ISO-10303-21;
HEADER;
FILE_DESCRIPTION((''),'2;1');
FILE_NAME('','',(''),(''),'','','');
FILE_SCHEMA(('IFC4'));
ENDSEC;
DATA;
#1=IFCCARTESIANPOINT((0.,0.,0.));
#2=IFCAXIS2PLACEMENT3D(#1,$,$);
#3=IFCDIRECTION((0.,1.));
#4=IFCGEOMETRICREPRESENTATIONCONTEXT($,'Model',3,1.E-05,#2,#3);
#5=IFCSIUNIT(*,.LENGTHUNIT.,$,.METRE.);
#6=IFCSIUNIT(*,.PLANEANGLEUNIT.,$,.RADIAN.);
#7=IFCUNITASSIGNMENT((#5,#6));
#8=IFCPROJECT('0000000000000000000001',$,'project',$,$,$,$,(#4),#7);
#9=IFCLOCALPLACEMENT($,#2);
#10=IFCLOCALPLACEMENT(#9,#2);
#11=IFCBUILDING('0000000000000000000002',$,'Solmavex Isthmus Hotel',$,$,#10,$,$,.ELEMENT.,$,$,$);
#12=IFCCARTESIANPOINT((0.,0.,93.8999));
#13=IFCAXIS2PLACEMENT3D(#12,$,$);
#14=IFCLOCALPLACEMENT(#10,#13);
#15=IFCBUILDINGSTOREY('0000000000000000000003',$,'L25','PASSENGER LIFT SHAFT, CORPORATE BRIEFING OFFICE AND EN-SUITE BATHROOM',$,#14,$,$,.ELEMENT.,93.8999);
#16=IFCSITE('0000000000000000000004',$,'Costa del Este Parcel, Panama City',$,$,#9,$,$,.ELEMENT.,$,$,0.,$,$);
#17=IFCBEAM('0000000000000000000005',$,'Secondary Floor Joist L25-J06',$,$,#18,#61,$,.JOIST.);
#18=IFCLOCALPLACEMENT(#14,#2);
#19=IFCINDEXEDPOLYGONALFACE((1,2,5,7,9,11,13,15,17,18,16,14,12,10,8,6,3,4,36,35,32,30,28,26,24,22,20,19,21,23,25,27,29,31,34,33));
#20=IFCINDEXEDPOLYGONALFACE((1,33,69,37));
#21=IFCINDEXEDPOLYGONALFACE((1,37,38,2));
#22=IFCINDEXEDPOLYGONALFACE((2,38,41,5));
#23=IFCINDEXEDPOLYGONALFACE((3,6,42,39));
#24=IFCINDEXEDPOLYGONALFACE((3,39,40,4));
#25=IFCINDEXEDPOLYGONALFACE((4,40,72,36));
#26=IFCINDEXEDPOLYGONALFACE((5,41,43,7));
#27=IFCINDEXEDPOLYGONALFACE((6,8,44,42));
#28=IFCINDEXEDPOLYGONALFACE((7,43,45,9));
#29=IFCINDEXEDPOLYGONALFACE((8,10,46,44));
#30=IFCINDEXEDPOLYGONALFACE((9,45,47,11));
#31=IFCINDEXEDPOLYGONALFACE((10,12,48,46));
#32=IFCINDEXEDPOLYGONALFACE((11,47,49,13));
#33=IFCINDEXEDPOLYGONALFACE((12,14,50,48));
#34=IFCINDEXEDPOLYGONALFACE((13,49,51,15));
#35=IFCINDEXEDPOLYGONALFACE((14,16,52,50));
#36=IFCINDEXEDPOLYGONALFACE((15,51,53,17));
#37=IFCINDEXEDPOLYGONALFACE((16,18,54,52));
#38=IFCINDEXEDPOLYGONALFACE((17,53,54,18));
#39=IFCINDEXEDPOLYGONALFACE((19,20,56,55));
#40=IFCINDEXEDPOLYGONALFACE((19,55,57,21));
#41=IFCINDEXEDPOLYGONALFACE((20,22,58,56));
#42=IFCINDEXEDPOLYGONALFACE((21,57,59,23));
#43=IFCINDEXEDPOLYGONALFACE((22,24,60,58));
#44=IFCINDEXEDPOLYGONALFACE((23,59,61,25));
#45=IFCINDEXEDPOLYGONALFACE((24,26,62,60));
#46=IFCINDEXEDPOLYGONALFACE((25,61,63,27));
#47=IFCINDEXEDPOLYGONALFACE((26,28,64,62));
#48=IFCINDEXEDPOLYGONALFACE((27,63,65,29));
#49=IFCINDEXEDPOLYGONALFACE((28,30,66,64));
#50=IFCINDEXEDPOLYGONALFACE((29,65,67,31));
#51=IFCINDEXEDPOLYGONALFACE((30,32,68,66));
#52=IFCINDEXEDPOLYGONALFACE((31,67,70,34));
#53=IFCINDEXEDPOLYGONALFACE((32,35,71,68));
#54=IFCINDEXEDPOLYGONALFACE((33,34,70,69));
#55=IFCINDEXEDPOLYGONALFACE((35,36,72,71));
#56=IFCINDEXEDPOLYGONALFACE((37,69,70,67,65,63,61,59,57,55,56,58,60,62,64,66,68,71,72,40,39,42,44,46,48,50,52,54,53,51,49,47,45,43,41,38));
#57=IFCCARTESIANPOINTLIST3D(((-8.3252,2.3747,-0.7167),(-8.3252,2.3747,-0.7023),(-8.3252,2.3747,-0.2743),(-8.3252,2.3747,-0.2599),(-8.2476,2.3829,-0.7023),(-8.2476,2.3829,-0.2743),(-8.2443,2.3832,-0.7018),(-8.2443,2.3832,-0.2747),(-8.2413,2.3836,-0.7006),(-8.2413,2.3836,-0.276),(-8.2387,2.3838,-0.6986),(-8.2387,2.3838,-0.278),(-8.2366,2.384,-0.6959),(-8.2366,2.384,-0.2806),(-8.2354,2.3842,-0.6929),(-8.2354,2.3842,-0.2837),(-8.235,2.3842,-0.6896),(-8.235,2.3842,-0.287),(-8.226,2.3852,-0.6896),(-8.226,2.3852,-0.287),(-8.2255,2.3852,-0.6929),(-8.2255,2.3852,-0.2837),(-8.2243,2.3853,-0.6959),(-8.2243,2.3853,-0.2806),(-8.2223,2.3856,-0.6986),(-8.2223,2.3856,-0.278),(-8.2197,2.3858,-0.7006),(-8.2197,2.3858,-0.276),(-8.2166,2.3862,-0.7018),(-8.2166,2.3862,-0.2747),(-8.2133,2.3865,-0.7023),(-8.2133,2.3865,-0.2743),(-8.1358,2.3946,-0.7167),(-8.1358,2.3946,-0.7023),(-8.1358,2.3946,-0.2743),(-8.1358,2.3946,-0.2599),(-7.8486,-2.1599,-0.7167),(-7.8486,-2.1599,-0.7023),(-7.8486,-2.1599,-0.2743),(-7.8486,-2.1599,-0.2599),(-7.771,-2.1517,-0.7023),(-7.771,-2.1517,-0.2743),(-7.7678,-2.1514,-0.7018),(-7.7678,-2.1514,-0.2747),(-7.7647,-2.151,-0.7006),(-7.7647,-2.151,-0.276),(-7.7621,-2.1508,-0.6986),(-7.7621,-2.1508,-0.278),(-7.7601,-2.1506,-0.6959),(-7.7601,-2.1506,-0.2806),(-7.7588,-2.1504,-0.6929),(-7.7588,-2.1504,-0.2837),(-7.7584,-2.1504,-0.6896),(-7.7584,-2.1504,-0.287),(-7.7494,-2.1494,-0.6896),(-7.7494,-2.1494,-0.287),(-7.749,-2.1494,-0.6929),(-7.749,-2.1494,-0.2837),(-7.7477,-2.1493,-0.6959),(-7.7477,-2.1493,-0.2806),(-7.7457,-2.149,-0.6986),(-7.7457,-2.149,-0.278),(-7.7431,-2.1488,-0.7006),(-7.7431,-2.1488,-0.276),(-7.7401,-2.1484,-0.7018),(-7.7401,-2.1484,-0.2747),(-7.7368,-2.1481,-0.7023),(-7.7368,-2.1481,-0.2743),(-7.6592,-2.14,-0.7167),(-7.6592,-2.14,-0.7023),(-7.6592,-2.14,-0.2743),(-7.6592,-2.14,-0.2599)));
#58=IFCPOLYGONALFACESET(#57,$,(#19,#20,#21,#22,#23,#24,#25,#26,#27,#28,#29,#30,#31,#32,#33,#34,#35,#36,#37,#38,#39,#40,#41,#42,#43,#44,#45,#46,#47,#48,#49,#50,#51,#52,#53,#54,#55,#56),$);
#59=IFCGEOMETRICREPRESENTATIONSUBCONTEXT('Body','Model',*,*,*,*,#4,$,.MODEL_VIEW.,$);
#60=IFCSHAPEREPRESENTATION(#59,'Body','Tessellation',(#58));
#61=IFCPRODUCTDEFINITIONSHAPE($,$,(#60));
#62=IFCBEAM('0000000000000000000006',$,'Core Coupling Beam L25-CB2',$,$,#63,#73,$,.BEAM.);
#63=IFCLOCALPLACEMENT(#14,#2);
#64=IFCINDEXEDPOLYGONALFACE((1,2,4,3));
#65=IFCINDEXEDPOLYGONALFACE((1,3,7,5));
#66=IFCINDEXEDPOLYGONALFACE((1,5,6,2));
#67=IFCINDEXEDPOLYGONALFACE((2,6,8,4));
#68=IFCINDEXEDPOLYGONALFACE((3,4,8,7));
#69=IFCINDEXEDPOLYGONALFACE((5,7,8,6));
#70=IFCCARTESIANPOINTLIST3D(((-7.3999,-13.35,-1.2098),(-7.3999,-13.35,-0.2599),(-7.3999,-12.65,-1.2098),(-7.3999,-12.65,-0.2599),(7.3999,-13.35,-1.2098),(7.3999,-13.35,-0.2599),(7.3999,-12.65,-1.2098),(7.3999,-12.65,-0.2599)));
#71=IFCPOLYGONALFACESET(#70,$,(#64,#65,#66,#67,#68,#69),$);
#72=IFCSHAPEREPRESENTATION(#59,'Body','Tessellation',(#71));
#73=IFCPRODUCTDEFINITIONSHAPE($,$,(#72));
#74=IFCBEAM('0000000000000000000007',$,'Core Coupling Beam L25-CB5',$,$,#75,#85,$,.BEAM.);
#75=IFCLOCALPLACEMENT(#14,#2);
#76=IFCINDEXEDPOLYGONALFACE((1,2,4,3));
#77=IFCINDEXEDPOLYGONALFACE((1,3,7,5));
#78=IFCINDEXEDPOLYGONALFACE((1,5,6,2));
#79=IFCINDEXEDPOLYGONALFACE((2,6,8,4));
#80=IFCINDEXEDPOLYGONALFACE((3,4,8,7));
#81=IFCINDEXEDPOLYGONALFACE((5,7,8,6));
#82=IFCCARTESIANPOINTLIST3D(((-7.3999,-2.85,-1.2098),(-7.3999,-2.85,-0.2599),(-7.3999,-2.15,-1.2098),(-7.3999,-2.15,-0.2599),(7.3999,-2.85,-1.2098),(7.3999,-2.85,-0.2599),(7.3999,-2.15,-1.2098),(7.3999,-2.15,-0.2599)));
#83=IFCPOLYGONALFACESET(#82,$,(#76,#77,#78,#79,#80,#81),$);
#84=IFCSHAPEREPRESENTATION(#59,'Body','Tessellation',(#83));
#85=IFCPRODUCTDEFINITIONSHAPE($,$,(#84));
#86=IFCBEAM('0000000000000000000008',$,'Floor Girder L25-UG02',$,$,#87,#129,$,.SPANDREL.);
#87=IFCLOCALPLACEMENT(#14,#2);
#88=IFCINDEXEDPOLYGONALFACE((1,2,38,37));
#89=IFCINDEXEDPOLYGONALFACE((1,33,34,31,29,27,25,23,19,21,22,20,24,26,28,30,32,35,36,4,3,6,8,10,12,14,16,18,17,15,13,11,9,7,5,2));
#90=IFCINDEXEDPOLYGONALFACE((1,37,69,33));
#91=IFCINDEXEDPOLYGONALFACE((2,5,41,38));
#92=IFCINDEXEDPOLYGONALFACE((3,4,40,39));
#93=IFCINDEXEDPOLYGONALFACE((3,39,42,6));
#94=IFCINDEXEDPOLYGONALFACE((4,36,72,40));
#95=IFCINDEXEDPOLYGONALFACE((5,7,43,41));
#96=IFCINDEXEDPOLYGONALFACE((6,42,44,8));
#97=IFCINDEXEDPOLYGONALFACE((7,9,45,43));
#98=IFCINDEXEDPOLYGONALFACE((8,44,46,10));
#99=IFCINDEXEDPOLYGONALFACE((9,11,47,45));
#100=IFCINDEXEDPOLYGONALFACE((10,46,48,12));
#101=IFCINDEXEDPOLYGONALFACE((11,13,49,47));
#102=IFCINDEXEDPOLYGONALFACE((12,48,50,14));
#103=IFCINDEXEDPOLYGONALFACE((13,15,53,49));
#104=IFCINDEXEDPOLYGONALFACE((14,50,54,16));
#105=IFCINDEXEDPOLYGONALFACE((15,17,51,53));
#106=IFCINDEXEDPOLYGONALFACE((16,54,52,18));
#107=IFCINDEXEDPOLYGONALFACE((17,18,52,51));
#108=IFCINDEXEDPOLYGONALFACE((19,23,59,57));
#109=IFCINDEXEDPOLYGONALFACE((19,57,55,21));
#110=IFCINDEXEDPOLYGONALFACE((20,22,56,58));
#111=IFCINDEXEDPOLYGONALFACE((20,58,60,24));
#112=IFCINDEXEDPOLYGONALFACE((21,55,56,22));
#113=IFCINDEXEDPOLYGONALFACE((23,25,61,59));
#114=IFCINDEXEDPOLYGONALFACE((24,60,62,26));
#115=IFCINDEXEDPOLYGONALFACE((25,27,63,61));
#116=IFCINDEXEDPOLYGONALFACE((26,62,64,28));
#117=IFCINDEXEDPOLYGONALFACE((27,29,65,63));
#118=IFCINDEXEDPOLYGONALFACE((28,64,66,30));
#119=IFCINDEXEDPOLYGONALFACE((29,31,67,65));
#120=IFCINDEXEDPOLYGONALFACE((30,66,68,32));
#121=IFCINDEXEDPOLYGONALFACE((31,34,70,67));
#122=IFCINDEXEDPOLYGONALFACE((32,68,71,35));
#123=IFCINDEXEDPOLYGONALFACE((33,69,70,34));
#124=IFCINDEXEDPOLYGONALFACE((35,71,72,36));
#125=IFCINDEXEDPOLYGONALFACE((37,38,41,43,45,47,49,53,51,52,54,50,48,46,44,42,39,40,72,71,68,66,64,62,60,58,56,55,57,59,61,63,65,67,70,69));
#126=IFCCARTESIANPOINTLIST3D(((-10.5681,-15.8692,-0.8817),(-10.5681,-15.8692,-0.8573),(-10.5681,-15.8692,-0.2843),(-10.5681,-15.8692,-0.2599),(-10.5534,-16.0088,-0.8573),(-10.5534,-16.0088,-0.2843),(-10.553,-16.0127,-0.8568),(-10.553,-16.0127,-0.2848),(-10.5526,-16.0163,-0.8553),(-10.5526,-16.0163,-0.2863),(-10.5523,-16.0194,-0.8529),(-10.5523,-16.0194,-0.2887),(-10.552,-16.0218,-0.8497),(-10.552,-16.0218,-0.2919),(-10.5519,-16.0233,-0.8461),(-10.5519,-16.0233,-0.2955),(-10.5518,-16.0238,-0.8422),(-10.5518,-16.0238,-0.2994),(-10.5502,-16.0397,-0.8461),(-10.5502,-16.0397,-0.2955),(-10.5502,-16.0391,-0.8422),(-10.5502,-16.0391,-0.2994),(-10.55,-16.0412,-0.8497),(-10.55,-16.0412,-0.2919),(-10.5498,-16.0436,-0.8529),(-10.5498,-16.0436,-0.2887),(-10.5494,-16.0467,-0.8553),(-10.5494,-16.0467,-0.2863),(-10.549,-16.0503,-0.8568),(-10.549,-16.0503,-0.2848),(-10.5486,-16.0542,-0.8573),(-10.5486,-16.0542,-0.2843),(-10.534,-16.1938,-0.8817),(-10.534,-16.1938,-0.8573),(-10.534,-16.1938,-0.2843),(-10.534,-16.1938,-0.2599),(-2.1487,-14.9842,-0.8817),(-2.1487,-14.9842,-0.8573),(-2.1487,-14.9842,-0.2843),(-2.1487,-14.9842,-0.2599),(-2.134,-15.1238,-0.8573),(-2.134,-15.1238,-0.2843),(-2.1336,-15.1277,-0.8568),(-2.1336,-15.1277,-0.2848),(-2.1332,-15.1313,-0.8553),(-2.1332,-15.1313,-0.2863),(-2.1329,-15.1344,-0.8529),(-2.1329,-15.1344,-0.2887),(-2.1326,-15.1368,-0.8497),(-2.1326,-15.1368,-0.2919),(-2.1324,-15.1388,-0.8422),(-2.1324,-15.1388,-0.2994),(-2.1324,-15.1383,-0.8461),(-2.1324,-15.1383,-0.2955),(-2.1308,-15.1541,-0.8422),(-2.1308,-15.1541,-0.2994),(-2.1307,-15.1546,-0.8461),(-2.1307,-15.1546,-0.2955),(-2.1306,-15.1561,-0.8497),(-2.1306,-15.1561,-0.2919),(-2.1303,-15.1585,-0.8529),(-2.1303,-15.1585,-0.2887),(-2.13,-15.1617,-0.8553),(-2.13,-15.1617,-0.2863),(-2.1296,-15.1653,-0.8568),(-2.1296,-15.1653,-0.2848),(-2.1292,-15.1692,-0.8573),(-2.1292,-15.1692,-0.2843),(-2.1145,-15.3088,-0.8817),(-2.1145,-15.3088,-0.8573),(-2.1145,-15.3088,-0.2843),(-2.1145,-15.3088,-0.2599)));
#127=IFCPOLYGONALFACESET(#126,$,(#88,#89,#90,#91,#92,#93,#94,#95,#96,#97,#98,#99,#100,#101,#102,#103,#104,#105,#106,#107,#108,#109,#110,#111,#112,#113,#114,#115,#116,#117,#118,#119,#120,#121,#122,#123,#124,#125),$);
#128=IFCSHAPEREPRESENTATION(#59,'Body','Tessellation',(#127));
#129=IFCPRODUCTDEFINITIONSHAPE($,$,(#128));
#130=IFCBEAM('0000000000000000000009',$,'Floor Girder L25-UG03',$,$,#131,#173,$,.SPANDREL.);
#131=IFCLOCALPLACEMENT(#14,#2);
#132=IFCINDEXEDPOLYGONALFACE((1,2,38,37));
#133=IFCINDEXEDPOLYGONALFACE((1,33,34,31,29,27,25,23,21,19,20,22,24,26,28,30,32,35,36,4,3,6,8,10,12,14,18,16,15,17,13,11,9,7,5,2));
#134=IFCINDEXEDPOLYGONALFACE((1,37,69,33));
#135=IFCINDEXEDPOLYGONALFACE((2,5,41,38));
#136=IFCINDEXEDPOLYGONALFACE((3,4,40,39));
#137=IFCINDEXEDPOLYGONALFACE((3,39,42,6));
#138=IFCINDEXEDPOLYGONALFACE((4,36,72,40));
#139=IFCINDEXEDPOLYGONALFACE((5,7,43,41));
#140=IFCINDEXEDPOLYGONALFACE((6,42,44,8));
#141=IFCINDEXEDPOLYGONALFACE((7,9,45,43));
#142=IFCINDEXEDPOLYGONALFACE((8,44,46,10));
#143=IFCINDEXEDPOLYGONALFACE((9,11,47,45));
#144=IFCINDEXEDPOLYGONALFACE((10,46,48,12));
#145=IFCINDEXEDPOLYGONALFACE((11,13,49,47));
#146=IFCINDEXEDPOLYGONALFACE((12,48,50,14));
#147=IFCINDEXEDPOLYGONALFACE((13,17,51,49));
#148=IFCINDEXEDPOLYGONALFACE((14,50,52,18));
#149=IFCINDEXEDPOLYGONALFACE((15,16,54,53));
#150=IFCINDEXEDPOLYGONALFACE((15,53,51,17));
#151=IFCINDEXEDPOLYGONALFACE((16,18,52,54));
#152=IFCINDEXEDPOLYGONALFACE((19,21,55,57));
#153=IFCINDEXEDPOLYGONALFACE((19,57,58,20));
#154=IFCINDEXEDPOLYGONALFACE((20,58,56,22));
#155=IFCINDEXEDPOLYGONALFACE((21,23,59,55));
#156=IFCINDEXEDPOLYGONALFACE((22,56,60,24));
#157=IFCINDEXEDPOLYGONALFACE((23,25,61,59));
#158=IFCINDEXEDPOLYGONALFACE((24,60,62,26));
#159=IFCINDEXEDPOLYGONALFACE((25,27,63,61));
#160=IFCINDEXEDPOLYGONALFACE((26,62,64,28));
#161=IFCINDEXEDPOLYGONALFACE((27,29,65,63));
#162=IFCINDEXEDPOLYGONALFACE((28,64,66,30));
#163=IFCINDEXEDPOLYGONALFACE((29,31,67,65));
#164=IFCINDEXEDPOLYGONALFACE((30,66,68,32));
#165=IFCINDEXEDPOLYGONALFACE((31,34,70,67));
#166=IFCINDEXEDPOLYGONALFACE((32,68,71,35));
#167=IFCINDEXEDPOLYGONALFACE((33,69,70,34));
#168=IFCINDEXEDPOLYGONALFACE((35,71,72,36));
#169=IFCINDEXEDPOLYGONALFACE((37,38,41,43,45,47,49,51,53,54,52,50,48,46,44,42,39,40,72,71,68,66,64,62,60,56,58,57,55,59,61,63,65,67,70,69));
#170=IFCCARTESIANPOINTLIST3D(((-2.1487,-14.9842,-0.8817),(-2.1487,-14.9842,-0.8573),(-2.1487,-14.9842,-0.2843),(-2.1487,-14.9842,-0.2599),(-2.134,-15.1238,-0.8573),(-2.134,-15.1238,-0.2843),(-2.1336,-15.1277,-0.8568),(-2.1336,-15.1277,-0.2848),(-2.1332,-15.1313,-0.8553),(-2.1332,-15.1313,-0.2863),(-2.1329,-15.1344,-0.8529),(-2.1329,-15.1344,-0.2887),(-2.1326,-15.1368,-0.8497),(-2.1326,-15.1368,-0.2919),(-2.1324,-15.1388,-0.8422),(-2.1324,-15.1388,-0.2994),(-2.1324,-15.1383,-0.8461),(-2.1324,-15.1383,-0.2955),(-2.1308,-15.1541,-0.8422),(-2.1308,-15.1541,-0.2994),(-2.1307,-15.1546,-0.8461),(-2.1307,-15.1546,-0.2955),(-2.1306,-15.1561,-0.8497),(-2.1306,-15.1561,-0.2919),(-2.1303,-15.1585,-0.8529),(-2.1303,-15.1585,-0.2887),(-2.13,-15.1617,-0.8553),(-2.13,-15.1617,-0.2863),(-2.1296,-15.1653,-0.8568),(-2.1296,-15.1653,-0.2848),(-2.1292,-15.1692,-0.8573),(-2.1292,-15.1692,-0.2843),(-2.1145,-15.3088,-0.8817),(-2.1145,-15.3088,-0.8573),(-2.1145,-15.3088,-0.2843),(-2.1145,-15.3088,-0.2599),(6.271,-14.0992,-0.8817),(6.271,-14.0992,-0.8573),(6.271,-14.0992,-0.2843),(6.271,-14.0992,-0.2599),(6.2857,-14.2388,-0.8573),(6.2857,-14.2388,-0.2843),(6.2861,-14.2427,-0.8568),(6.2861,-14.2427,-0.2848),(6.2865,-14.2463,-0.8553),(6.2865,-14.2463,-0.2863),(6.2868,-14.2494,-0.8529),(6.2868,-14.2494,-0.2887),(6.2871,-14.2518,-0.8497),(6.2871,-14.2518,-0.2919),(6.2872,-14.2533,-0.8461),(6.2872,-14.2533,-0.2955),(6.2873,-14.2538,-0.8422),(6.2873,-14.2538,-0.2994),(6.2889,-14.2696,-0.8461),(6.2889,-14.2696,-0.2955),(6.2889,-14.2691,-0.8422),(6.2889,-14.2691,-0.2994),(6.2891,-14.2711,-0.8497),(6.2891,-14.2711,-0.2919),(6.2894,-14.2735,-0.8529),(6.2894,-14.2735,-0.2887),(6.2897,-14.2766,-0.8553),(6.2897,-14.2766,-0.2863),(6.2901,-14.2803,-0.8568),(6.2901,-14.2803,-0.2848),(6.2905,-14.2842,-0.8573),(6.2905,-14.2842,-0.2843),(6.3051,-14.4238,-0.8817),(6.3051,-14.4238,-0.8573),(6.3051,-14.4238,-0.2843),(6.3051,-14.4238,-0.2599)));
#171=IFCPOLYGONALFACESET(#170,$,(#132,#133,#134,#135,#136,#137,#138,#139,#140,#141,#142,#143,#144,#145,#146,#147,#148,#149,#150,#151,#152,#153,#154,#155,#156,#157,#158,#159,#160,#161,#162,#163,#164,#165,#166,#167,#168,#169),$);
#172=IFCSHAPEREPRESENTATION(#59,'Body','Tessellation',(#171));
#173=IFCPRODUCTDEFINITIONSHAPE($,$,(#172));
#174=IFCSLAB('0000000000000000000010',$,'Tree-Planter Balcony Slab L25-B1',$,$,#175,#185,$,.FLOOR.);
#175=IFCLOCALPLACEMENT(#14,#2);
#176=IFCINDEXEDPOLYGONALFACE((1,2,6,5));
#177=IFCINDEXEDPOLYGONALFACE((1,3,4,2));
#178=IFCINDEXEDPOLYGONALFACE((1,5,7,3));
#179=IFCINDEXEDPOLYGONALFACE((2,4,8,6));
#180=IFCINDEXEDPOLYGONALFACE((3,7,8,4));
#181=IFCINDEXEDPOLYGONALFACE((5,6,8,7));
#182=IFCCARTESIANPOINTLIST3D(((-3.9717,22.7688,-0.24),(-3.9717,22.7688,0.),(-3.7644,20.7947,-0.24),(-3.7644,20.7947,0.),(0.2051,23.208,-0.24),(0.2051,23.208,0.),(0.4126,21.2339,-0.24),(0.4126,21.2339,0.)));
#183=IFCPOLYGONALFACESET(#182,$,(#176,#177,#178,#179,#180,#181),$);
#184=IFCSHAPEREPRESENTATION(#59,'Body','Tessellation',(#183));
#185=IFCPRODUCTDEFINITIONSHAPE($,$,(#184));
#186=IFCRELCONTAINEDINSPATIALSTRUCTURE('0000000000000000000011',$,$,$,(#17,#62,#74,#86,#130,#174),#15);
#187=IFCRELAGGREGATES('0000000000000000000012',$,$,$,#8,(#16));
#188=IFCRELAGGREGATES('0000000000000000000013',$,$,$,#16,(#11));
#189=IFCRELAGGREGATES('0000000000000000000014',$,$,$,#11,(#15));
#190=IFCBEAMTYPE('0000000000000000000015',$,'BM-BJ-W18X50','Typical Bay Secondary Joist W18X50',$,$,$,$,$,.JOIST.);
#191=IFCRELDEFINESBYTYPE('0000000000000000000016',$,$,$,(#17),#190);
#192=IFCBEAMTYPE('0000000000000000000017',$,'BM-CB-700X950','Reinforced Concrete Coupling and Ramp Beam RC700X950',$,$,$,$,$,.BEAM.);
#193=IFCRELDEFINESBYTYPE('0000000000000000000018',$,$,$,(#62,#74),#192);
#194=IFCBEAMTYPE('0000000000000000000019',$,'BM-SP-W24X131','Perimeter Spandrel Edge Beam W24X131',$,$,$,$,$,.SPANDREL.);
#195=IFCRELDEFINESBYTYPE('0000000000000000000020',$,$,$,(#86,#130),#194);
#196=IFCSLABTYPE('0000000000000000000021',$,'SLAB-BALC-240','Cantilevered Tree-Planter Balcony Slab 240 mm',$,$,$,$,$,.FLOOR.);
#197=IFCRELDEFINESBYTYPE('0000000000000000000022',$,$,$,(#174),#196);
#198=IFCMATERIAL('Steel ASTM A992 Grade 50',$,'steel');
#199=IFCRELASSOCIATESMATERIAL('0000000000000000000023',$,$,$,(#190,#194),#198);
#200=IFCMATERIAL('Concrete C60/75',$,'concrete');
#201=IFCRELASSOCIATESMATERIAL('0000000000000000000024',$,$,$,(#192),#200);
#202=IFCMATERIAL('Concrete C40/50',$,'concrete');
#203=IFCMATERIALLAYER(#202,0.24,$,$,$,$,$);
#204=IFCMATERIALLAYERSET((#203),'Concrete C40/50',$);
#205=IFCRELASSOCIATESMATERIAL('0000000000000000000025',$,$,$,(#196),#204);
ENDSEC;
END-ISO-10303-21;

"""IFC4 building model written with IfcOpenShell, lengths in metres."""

from ifc_helpers import new_model, si_unit, direction, frame, origin, origin_2d, place, context, subcontext, project, spatial, polyline, rectangle, i_section, outline, extrude, material, layer, layer_set, material_profile, profile_set, type_object, element, save


model = new_model("IFC4")

# Units and contexts
model_context = context("Model", 3, precision=1e-05, world=origin(), true_north=direction((0.0, 1.0)))
body_context = subcontext(model_context, "Body", "Model", "MODEL_VIEW")
ifc_project = project(units=[si_unit("LENGTHUNIT", "METRE"), si_unit("PLANEANGLEUNIT", "RADIAN")], contexts=[model_context])

# Site, building, storey
site_placement = place(None, origin())
site = spatial("IfcSite", under=ifc_project, at=site_placement, Name="Costa del Este Parcel, Panama City", CompositionType="ELEMENT", RefElevation=0.0)
building_placement = place(site_placement, origin())
building = spatial("IfcBuilding", under=site, at=building_placement, Name="Solmavex Isthmus Hotel", CompositionType="ELEMENT")
storey_placement = place(building_placement, frame((0.0, 0.0, 93.8999)))
storey = spatial("IfcBuildingStorey", under=building, at=storey_placement, Name="L25", Description="PASSENGER LIFT SHAFT, CORPORATE BRIEFING OFFICE AND EN-SUITE BATHROOM", CompositionType="ELEMENT", Elevation=93.8999)

# Shared definitions
ifc_material_1 = material(Name="Concrete C60/75", Category="concrete")

# Beams
ifc_material_2 = material(Name="Steel ASTM A992 Grade 50", Category="steel")
ifc_material_profile_1 = material_profile(ifc_material_2, i_section(OverallWidth=0.1904, OverallDepth=0.4568, WebThickness=0.009, FlangeThickness=0.0144, FilletRadius=0.0127, at=origin_2d()), Name="W18X50")
ifc_profile_set_1 = profile_set([ifc_material_profile_1], Name="Steel ASTM A992 Grade 50")
beam_type_1 = type_object("IfcBeamType", Name="BM-BJ-W18X50", Description="Typical Bay Secondary Joist W18X50", PredefinedType="JOIST", material=ifc_profile_set_1)
beam_1_placement = place(storey_placement, frame((-7.7539, -2.1499, -0.4883), z_axis=(-0.104518, 0.994523, 0.0), x_axis=(-0.994523, -0.104518, 0.0)))
element("IfcBeam", 1, at=beam_1_placement, inside=storey, type_object=beam_type_1, Name="Secondary Floor Joist L25-J06", PredefinedType="JOIST", context=body_context, shape_type="SweptSolid", body=[
    extrude(i_section(OverallWidth=0.1904, OverallDepth=0.4568, WebThickness=0.009, FlangeThickness=0.0144, FilletRadius=0.0127, at=origin_2d()), origin(), (0.0, 0.0, 1.0), 4.5596),
])
ifc_material_profile_2 = material_profile(ifc_material_1, rectangle(XDim=0.7, YDim=0.95, at=origin_2d()), Name="RC700X950")
ifc_profile_set_2 = profile_set([ifc_material_profile_2], Name="Concrete C60/75")
beam_type_2 = type_object("IfcBeamType", Name="BM-CB-700X950", Description="Reinforced Concrete Coupling and Ramp Beam RC700X950", PredefinedType="BEAM", material=ifc_profile_set_2)
for number, where, z_axis, x_axis, name in (
    (2, (-7.3999, -13.0, -0.7349), (1.0, 0.0, 0.0), (0.0, 1.0, 0.0), "Core Coupling Beam L25-CB2"),
    (3, (-7.3999, -2.5, -0.7349), (1.0, 0.0, 0.0), (0.0, 1.0, 0.0), "Core Coupling Beam L25-CB5"),
):
    element("IfcBeam", number, at=place(storey_placement, frame(where, z_axis=z_axis, x_axis=x_axis)), inside=storey, type_object=beam_type_2, Name=name, PredefinedType="BEAM", context=body_context, shape_type="SweptSolid", body=[
        extrude(rectangle(XDim=0.7, YDim=0.95, at=origin_2d()), origin(), (0.0, 0.0, 1.0), 14.7998),
    ])
ifc_material_profile_3 = material_profile(ifc_material_2, i_section(OverallWidth=0.3264, OverallDepth=0.6218, WebThickness=0.0154, FlangeThickness=0.0244, FilletRadius=0.0151, at=origin_2d()), Name="W24X131")
ifc_profile_set_3 = profile_set([ifc_material_profile_3], Name="Steel ASTM A992 Grade 50")
beam_type_3 = type_object("IfcBeamType", Name="BM-SP-W24X131", Description="Perimeter Spandrel Edge Beam W24X131", PredefinedType="SPANDREL", material=ifc_profile_set_3)
beam_2_placement = place(storey_placement, frame((-10.551, -16.0315, -0.5708), z_axis=(0.994521, 0.104539, 0.0), x_axis=(-0.104539, 0.994521, 0.0)))
element("IfcBeam", 4, at=beam_2_placement, inside=storey, type_object=beam_type_3, Name="Floor Girder L25-UG02", PredefinedType="SPANDREL", context=body_context, shape_type="SweptSolid", body=[
    extrude(i_section(OverallWidth=0.3264, OverallDepth=0.6218, WebThickness=0.0154, FlangeThickness=0.0244, FilletRadius=0.0151, at=origin_2d()), origin(), (0.0, 0.0, 1.0), 8.4658),
])
beam_3_placement = place(storey_placement, frame((-2.1316, -15.1465, -0.5708), z_axis=(0.994521, 0.104536, 0.0), x_axis=(-0.104536, 0.994521, 0.0)))
element("IfcBeam", 5, at=beam_3_placement, inside=storey, type_object=beam_type_3, Name="Floor Girder L25-UG03", PredefinedType="SPANDREL", context=body_context, shape_type="SweptSolid", body=[
    extrude(i_section(OverallWidth=0.3264, OverallDepth=0.6218, WebThickness=0.0154, FlangeThickness=0.0244, FilletRadius=0.0151, at=origin_2d()), origin(), (0.0, 0.0, 1.0), 8.4661),
])

# Slab
ifc_material_3 = material(Name="Concrete C40/50", Category="concrete")
ifc_layer_1 = layer(ifc_material_3, 0.24)
ifc_layer_set_1 = layer_set([ifc_layer_1], Name="Concrete C40/50")
slab_type_1 = type_object("IfcSlabType", Name="SLAB-BALC-240", Description="Cantilevered Tree-Planter Balcony Slab 240 mm", PredefinedType="FLOOR", material=ifc_layer_set_1)
slab_1_placement = place(storey_placement, frame((0.0, 0.0, -0.24)))
element("IfcSlab", 6, at=slab_1_placement, inside=storey, type_object=slab_type_1, Name="Tree-Planter Balcony Slab L25-B1", PredefinedType="FLOOR", context=body_context, shape_type="SweptSolid", body=[
    extrude(outline(polyline([(-3.7644, 20.7947), (0.4126, 21.2339), (0.2051, 23.208), (-3.9717, 22.7688), (-3.7644, 20.7947)])), origin(), (0.0, 0.0, 1.0), 0.24),
])

save(model, "model.ifc")
